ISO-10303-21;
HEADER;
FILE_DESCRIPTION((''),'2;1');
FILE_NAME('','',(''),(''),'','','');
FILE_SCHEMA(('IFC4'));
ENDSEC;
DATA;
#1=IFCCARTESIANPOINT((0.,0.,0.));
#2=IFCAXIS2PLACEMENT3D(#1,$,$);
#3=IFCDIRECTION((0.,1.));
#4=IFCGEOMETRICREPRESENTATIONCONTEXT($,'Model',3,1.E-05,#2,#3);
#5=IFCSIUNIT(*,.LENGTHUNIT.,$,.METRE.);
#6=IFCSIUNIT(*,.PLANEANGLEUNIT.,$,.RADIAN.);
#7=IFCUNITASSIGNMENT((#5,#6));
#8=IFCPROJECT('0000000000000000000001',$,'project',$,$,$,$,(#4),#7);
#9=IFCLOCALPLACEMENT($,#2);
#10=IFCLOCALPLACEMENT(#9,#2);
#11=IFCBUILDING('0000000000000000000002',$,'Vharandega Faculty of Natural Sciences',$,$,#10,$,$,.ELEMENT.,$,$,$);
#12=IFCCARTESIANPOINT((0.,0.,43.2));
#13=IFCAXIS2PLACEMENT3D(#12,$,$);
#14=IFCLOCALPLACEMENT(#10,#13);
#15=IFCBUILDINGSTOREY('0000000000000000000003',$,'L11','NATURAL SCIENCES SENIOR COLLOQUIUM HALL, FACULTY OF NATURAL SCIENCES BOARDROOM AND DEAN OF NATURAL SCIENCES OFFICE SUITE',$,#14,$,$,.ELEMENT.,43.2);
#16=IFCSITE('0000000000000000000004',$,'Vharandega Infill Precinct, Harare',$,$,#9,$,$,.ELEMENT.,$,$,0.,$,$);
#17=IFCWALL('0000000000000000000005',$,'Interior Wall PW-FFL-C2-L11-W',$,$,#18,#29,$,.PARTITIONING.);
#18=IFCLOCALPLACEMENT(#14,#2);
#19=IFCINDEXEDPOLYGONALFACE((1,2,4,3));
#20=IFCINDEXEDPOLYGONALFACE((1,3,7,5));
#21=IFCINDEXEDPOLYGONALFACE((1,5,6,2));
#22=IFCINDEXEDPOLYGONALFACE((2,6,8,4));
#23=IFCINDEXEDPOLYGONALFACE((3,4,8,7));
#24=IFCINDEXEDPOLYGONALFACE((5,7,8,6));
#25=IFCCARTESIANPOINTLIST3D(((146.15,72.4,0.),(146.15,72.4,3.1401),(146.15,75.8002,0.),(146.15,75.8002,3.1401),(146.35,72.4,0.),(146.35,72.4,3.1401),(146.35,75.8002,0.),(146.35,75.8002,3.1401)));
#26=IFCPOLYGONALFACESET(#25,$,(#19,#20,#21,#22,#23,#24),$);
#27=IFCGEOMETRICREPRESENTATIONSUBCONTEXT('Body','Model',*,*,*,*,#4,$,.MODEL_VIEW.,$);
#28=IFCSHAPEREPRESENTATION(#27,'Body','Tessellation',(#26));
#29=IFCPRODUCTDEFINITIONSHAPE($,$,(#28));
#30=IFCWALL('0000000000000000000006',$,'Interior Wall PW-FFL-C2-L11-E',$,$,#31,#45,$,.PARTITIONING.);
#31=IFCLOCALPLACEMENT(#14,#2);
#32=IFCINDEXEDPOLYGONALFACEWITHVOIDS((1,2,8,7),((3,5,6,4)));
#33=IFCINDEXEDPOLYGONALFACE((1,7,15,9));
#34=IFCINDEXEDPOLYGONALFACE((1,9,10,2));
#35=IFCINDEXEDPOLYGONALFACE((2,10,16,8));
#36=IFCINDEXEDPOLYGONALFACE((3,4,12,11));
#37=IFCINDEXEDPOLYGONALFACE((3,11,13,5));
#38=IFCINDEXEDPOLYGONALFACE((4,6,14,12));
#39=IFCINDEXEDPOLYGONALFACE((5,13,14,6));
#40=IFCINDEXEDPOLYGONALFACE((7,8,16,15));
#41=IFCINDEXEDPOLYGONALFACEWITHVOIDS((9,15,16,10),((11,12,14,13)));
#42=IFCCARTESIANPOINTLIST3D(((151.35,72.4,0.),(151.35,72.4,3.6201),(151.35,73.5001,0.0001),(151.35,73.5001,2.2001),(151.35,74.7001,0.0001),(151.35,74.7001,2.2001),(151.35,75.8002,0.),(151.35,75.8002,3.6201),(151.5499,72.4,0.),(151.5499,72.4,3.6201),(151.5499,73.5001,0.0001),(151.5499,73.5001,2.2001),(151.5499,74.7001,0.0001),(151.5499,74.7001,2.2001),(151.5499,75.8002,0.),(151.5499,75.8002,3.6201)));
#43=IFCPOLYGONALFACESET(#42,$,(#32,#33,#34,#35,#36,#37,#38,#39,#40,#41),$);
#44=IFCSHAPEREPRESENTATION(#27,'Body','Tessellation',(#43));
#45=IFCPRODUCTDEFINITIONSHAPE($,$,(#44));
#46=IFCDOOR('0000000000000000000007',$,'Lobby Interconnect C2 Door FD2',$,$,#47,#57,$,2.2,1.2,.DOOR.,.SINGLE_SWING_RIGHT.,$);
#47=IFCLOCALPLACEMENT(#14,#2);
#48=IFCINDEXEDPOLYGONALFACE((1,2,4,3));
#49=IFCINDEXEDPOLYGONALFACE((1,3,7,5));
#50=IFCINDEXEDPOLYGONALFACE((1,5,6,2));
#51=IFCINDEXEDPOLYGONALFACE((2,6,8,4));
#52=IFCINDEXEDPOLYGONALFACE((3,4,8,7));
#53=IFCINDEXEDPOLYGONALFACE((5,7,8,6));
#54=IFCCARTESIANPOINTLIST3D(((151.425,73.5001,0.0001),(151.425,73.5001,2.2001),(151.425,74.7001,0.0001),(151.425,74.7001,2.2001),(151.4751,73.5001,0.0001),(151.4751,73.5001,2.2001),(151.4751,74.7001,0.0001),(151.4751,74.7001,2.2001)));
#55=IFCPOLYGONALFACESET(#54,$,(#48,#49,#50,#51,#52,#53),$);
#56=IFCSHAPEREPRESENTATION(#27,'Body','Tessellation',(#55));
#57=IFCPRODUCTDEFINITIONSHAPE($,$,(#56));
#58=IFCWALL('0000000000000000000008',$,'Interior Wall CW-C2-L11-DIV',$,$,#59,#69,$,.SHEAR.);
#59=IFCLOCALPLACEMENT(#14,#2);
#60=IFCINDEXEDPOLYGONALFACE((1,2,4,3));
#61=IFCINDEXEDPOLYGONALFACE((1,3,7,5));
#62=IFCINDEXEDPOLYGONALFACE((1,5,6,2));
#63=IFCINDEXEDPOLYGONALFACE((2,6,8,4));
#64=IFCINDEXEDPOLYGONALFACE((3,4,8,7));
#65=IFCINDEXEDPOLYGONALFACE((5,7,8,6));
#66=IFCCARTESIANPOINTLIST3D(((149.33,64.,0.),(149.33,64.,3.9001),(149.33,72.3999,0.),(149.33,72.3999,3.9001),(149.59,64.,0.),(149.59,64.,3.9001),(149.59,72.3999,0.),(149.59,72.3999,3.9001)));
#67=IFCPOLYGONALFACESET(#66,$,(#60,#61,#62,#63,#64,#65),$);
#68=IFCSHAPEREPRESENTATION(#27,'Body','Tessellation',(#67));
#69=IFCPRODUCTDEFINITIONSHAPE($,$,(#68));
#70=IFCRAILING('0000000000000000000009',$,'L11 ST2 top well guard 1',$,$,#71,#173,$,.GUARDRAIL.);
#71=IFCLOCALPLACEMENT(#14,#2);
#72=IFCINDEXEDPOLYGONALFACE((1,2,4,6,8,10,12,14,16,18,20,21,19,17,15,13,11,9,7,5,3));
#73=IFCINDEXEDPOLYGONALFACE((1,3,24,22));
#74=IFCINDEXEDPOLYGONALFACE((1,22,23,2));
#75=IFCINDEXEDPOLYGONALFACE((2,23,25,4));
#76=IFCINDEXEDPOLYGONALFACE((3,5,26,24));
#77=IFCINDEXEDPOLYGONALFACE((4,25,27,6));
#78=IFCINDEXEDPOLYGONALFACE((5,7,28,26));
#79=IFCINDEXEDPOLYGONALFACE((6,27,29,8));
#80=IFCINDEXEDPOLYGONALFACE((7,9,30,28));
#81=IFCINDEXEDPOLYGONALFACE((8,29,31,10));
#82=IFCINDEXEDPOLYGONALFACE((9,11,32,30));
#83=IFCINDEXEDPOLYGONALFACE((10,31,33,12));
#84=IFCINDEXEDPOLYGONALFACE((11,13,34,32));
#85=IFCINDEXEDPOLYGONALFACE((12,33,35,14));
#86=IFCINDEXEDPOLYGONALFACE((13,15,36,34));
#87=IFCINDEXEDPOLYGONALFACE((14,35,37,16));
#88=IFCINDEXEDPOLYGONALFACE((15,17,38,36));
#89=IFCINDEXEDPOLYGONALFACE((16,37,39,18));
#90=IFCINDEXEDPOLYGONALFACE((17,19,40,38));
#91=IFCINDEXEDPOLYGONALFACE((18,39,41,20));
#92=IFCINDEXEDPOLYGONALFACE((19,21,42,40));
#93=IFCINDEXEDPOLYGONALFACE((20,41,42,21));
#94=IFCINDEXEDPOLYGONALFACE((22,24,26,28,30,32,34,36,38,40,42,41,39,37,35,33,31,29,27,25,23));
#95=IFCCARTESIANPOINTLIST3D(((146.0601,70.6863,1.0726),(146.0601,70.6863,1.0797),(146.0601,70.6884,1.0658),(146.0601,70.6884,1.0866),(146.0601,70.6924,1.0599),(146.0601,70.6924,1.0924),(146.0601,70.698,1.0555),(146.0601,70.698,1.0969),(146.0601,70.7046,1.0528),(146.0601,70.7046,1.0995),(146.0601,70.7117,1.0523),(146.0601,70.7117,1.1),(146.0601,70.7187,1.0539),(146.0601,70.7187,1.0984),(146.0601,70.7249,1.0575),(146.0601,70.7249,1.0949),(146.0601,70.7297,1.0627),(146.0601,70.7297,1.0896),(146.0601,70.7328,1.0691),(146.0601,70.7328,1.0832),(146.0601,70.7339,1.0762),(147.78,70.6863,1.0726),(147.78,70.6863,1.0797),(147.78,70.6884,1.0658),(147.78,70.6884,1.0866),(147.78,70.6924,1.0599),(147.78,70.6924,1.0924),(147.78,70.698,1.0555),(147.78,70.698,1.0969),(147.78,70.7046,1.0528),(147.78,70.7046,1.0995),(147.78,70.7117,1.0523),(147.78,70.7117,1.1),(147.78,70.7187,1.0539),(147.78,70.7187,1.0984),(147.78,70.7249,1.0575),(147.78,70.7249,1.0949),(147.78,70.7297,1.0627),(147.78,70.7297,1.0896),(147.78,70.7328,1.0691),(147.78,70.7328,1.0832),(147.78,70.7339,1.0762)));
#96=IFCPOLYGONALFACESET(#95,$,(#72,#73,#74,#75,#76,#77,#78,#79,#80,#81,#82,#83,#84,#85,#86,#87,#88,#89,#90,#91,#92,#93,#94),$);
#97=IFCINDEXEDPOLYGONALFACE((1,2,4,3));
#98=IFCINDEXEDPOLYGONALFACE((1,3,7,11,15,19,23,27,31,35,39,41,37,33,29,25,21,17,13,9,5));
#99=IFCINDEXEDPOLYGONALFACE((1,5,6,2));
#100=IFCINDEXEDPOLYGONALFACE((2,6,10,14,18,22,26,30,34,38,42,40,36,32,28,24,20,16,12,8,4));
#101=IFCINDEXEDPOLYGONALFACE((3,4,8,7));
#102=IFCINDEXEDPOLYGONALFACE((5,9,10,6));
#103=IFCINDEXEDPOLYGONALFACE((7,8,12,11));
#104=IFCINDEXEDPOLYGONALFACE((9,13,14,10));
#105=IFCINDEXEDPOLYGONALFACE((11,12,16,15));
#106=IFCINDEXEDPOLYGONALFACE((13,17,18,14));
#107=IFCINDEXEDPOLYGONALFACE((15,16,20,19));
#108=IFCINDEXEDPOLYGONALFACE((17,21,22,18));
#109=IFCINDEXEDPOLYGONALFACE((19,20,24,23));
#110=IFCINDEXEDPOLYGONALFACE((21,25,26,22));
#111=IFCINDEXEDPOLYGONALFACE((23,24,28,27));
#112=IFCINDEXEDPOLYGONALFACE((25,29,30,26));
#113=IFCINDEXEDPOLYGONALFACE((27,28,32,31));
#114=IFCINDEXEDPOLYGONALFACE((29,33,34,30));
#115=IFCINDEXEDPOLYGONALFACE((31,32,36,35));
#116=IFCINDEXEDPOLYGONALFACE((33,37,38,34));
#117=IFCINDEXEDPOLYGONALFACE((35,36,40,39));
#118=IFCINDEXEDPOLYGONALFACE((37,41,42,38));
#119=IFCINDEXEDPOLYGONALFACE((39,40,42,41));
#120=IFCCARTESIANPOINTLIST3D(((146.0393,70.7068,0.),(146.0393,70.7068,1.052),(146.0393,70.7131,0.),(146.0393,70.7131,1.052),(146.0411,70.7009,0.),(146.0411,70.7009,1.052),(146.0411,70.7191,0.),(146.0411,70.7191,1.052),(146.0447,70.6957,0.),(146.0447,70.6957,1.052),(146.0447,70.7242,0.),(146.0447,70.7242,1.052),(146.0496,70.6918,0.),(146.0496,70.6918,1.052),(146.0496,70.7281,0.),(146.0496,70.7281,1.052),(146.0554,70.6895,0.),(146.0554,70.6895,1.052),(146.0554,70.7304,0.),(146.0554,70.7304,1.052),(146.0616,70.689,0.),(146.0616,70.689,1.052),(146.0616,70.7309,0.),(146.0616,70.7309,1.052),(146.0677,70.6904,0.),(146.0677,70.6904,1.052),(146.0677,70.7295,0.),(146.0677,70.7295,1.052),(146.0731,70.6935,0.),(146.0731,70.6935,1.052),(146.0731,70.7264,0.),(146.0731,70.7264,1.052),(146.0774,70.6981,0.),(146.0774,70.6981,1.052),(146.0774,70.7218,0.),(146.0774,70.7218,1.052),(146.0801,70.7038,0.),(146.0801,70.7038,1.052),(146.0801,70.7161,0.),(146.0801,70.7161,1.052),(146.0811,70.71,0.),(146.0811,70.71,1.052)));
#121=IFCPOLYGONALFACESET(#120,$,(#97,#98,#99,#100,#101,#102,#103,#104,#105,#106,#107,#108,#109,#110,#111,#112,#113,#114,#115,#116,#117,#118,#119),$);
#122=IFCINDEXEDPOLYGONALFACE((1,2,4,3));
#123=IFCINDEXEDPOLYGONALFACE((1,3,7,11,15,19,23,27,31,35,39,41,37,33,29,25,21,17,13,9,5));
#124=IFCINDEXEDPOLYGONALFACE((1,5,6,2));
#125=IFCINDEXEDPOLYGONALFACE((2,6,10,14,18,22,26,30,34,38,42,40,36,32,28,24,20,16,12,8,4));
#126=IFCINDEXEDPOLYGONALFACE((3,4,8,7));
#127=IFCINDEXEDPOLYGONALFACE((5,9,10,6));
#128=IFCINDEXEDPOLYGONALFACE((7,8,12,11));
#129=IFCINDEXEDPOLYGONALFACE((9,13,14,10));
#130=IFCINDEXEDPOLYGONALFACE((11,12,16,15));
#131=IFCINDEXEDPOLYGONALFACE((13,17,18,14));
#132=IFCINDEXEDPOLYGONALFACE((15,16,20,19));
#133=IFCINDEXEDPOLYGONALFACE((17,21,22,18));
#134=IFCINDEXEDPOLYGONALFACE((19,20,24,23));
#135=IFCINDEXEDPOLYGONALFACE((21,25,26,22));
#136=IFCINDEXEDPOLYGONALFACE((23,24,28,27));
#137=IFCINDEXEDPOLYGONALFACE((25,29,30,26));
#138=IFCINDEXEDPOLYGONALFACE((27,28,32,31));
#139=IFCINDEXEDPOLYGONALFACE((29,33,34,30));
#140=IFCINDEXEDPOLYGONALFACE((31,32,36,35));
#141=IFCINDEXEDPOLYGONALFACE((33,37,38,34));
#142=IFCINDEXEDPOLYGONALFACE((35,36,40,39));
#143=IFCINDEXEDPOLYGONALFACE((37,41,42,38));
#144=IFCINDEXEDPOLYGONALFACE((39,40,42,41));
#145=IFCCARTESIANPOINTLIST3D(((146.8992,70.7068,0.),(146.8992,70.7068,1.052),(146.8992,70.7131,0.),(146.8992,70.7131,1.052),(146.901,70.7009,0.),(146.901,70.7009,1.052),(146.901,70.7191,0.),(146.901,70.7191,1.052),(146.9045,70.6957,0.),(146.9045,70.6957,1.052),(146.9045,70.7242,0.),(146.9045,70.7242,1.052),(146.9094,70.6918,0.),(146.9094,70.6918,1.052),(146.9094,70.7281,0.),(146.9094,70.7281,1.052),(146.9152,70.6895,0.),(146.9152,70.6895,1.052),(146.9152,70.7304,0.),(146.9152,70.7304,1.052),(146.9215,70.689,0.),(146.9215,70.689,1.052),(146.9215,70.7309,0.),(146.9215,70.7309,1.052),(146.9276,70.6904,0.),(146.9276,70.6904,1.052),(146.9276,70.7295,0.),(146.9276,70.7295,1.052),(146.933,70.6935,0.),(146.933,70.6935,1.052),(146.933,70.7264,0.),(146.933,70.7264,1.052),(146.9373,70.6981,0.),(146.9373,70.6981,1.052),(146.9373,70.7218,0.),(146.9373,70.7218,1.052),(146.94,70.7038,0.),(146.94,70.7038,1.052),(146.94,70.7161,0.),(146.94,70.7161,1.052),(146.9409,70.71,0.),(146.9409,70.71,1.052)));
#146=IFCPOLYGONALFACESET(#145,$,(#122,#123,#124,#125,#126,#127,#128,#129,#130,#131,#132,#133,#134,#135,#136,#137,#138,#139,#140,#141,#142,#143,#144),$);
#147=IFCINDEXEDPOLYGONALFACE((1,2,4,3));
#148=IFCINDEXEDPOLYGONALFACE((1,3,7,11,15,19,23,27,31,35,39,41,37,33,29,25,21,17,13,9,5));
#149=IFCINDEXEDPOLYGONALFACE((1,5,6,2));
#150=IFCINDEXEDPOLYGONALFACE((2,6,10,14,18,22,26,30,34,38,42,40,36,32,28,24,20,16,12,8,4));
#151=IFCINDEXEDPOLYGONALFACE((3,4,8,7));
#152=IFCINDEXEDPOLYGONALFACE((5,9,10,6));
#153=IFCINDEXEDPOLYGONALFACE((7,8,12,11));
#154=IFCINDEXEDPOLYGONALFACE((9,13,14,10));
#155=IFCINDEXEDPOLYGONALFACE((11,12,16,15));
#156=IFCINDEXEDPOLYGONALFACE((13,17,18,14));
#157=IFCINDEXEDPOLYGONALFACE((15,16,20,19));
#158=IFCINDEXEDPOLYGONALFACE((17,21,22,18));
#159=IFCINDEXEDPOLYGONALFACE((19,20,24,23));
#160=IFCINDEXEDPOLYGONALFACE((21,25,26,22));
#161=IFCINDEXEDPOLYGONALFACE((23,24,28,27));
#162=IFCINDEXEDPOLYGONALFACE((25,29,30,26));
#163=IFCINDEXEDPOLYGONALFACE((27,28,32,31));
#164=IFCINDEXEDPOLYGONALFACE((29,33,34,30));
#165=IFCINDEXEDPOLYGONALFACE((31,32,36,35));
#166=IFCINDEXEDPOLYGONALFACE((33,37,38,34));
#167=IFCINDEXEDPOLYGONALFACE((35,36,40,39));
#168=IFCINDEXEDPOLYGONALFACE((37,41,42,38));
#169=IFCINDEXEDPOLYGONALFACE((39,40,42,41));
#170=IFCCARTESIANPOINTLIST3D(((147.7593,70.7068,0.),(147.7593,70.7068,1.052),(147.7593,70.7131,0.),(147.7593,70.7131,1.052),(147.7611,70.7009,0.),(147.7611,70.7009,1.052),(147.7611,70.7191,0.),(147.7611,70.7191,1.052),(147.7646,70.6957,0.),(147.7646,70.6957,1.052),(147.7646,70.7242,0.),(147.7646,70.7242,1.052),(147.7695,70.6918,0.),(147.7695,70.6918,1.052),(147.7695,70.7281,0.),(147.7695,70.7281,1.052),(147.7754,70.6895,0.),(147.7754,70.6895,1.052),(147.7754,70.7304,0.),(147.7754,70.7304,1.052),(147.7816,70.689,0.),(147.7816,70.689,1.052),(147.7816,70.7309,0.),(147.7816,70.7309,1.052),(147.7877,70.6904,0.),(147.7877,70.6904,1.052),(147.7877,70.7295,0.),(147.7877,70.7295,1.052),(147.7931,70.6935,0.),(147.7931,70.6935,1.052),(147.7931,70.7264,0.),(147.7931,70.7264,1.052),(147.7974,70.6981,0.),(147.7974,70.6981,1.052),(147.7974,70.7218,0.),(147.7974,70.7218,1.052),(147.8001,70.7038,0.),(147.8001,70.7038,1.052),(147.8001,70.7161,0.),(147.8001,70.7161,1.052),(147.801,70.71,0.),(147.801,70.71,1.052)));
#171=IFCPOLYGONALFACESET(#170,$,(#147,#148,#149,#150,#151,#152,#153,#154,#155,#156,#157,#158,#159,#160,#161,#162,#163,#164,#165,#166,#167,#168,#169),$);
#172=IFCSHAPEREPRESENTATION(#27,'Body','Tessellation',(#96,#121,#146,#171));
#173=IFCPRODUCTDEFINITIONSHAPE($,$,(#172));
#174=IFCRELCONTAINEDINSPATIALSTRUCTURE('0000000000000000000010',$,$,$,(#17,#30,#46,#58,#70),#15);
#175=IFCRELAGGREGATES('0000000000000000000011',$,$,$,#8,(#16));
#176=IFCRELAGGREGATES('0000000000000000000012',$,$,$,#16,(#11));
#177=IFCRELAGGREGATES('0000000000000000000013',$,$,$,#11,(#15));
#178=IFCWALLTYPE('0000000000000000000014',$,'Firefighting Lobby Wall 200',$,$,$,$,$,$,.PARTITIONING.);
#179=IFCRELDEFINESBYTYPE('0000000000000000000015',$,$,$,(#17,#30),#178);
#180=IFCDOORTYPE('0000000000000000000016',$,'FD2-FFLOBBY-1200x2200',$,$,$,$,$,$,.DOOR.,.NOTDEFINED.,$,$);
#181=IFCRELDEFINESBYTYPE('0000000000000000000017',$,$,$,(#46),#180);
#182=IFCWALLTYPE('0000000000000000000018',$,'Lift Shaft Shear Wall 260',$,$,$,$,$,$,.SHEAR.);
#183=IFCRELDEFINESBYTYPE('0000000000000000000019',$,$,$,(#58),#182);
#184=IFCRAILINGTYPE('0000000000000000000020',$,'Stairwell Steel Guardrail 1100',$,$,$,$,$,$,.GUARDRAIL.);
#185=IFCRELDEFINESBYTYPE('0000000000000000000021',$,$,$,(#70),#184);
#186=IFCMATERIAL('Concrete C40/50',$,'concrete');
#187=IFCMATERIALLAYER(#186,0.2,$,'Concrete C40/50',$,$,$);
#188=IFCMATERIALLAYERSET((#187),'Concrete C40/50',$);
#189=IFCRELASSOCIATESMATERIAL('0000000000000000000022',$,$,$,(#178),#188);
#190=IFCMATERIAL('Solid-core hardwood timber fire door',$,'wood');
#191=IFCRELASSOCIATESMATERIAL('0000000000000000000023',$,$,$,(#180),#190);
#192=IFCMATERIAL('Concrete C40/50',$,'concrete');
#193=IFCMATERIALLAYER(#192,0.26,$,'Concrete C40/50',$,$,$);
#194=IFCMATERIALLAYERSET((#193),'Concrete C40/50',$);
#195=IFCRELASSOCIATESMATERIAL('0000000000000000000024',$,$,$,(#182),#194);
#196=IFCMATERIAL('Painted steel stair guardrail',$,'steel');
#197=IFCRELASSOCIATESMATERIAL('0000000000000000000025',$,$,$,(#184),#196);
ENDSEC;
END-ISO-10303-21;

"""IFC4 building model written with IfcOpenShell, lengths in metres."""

from ifc_helpers import new_model, si_unit, direction, frame, frame_2d, origin, origin_2d, place, context, subcontext, project, spatial, rectangle, circle, extrude, material, layer, layer_set, type_object, element, fill, save


model = new_model("IFC4")

# Units and contexts
model_context = context("Model", 3, precision=1e-05, world=origin(), true_north=direction((0.0, 1.0)))
body_context = subcontext(model_context, "Body", "Model", "MODEL_VIEW")
ifc_project = project(units=[si_unit("LENGTHUNIT", "METRE"), si_unit("PLANEANGLEUNIT", "RADIAN")], contexts=[model_context])

# Site, building, storey
site_placement = place(None, origin())
site = spatial("IfcSite", under=ifc_project, at=site_placement, Name="Vharandega Infill Precinct, Harare", CompositionType="ELEMENT", RefElevation=0.0)
building_placement = place(site_placement, origin())
building = spatial("IfcBuilding", under=site, at=building_placement, Name="Vharandega Faculty of Natural Sciences", CompositionType="ELEMENT")
storey_placement = place(building_placement, frame((0.0, 0.0, 43.2)))
storey = spatial("IfcBuildingStorey", under=building, at=storey_placement, Name="L11", Description="NATURAL SCIENCES SENIOR COLLOQUIUM HALL, FACULTY OF NATURAL SCIENCES BOARDROOM AND DEAN OF NATURAL SCIENCES OFFICE SUITE", CompositionType="ELEMENT", Elevation=43.2)

# Shared definitions
ifc_material_1 = material(Name="Concrete C40/50", Category="concrete")
ifc_layer_1 = layer(ifc_material_1, 0.2, Name="Concrete C40/50")
ifc_layer_set_1 = layer_set([ifc_layer_1], Name="Concrete C40/50")
wall_type_1 = type_object("IfcWallType", Name="Firefighting Lobby Wall 200", PredefinedType="PARTITIONING", material=ifc_layer_set_1)
ifc_material_2 = material(Name="Solid-core hardwood timber fire door", Category="wood")
door_type_1 = type_object("IfcDoorType", Name="FD2-FFLOBBY-1200x2200", OperationType="NOTDEFINED", PredefinedType="DOOR", material=ifc_material_2)

# Wall
wall_1_placement = place(storey_placement, frame((146.25, 72.3999, 0.0), z_axis=(0.0, 0.0, 1.0), x_axis=(0.0, 1.0, 0.0)))
element("IfcWall", 1, at=wall_1_placement, inside=storey, type_object=wall_type_1, Name="Interior Wall PW-FFL-C2-L11-W", PredefinedType="PARTITIONING", context=body_context, shape_type="SweptSolid", body=[
    extrude(rectangle(XDim=3.4001, YDim=0.2, at=frame_2d((1.7002, 0.0))), origin(), (0.0, 0.0, 1.0), 3.1401),
])

# Wall, opening, door
wall_2_placement = place(storey_placement, frame((151.45, 72.3999, 0.0), z_axis=(0.0, 0.0, 1.0), x_axis=(0.0, 1.0, 0.0)))
wall_2 = element("IfcWall", 2, at=wall_2_placement, inside=storey, type_object=wall_type_1, Name="Interior Wall PW-FFL-C2-L11-E", PredefinedType="PARTITIONING", context=body_context, shape_type="SweptSolid", body=[
    extrude(rectangle(XDim=3.4001, YDim=0.2, at=frame_2d((1.7002, 0.0))), origin(), (0.0, 0.0, 1.0), 3.6201),
])
opening_1_placement = place(wall_2_placement, frame((1.1001, 0.0, 0.0)))
opening_1 = element("IfcOpeningElement", 3, at=opening_1_placement, cuts=wall_2, PredefinedType="OPENING", context=body_context, shape_type="SweptSolid", body=[
    extrude(rectangle(XDim=1.2, YDim=2.2, at=frame_2d((0.6001, 1.1001))), frame((0.0, 0.1099, 0.0), z_axis=(0.0, -1.0, 0.0), x_axis=(1.0, 0.0, 0.0)), (0.0, 0.0, 1.0), 0.22),
])
door_1_placement = place(opening_1_placement, origin())
door_1 = element("IfcDoor", 4, at=door_1_placement, inside=storey, type_object=door_type_1, Name="Lobby Interconnect C2 Door FD2", OperationType="SINGLE_SWING_RIGHT", OverallHeight=2.2, OverallWidth=1.2, PredefinedType="DOOR", context=body_context, shape_type="SweptSolid", body=[
    extrude(rectangle(XDim=1.2, YDim=2.2, at=frame_2d((0.6001, 1.1001))), frame((0.0, 0.0249, 0.0), z_axis=(0.0, -1.0, 0.0), x_axis=(1.0, 0.0, 0.0)), (0.0, 0.0, 1.0), 0.05),
])
fill(opening_1, door_1)

# Wall
ifc_material_3 = material(Name="Concrete C40/50", Category="concrete")
ifc_layer_2 = layer(ifc_material_3, 0.26, Name="Concrete C40/50")
ifc_layer_set_2 = layer_set([ifc_layer_2], Name="Concrete C40/50")
wall_type_2 = type_object("IfcWallType", Name="Lift Shaft Shear Wall 260", PredefinedType="SHEAR", material=ifc_layer_set_2)
wall_3_placement = place(storey_placement, frame((149.46, 64.0, 0.0), z_axis=(0.0, 0.0, 1.0), x_axis=(0.0, 1.0, 0.0)))
element("IfcWall", 5, at=wall_3_placement, inside=storey, type_object=wall_type_2, Name="Interior Wall CW-C2-L11-DIV", PredefinedType="SHEAR", context=body_context, shape_type="SweptSolid", body=[
    extrude(rectangle(XDim=8.3999, YDim=0.26, at=frame_2d((4.2, 0.0))), origin(), (0.0, 0.0, 1.0), 3.9001),
])

# Railing
ifc_material_4 = material(Name="Painted steel stair guardrail", Category="steel")
railing_type = type_object("IfcRailingType", Name="Stairwell Steel Guardrail 1100", PredefinedType="GUARDRAIL", material=ifc_material_4)
railing_placement = place(storey_placement, frame((146.0601, 70.71, 0.0)))
element("IfcRailing", 6, at=railing_placement, inside=storey, type_object=railing_type, Name="L11 ST2 top well guard 1", PredefinedType="GUARDRAIL", context=body_context, shape_type="SweptSolid", body=[
    extrude(circle(Radius=0.0239, at=origin_2d()), frame((0.0, 0.0, 1.0762), z_axis=(1.0, 0.0, 0.0), x_axis=(0.0, 1.0, 0.0)), (0.0, 0.0, 1.0), 1.72),
    extrude(circle(Radius=0.021, at=origin_2d()), origin(), (0.0, 0.0, 1.0), 1.052),
    extrude(circle(Radius=0.021, at=origin_2d()), frame((0.8599, 0.0, 0.0)), (0.0, 0.0, 1.0), 1.052),
    extrude(circle(Radius=0.021, at=origin_2d()), frame((1.72, 0.0, 0.0)), (0.0, 0.0, 1.0), 1.052),
])

save(model, "model.ifc")
